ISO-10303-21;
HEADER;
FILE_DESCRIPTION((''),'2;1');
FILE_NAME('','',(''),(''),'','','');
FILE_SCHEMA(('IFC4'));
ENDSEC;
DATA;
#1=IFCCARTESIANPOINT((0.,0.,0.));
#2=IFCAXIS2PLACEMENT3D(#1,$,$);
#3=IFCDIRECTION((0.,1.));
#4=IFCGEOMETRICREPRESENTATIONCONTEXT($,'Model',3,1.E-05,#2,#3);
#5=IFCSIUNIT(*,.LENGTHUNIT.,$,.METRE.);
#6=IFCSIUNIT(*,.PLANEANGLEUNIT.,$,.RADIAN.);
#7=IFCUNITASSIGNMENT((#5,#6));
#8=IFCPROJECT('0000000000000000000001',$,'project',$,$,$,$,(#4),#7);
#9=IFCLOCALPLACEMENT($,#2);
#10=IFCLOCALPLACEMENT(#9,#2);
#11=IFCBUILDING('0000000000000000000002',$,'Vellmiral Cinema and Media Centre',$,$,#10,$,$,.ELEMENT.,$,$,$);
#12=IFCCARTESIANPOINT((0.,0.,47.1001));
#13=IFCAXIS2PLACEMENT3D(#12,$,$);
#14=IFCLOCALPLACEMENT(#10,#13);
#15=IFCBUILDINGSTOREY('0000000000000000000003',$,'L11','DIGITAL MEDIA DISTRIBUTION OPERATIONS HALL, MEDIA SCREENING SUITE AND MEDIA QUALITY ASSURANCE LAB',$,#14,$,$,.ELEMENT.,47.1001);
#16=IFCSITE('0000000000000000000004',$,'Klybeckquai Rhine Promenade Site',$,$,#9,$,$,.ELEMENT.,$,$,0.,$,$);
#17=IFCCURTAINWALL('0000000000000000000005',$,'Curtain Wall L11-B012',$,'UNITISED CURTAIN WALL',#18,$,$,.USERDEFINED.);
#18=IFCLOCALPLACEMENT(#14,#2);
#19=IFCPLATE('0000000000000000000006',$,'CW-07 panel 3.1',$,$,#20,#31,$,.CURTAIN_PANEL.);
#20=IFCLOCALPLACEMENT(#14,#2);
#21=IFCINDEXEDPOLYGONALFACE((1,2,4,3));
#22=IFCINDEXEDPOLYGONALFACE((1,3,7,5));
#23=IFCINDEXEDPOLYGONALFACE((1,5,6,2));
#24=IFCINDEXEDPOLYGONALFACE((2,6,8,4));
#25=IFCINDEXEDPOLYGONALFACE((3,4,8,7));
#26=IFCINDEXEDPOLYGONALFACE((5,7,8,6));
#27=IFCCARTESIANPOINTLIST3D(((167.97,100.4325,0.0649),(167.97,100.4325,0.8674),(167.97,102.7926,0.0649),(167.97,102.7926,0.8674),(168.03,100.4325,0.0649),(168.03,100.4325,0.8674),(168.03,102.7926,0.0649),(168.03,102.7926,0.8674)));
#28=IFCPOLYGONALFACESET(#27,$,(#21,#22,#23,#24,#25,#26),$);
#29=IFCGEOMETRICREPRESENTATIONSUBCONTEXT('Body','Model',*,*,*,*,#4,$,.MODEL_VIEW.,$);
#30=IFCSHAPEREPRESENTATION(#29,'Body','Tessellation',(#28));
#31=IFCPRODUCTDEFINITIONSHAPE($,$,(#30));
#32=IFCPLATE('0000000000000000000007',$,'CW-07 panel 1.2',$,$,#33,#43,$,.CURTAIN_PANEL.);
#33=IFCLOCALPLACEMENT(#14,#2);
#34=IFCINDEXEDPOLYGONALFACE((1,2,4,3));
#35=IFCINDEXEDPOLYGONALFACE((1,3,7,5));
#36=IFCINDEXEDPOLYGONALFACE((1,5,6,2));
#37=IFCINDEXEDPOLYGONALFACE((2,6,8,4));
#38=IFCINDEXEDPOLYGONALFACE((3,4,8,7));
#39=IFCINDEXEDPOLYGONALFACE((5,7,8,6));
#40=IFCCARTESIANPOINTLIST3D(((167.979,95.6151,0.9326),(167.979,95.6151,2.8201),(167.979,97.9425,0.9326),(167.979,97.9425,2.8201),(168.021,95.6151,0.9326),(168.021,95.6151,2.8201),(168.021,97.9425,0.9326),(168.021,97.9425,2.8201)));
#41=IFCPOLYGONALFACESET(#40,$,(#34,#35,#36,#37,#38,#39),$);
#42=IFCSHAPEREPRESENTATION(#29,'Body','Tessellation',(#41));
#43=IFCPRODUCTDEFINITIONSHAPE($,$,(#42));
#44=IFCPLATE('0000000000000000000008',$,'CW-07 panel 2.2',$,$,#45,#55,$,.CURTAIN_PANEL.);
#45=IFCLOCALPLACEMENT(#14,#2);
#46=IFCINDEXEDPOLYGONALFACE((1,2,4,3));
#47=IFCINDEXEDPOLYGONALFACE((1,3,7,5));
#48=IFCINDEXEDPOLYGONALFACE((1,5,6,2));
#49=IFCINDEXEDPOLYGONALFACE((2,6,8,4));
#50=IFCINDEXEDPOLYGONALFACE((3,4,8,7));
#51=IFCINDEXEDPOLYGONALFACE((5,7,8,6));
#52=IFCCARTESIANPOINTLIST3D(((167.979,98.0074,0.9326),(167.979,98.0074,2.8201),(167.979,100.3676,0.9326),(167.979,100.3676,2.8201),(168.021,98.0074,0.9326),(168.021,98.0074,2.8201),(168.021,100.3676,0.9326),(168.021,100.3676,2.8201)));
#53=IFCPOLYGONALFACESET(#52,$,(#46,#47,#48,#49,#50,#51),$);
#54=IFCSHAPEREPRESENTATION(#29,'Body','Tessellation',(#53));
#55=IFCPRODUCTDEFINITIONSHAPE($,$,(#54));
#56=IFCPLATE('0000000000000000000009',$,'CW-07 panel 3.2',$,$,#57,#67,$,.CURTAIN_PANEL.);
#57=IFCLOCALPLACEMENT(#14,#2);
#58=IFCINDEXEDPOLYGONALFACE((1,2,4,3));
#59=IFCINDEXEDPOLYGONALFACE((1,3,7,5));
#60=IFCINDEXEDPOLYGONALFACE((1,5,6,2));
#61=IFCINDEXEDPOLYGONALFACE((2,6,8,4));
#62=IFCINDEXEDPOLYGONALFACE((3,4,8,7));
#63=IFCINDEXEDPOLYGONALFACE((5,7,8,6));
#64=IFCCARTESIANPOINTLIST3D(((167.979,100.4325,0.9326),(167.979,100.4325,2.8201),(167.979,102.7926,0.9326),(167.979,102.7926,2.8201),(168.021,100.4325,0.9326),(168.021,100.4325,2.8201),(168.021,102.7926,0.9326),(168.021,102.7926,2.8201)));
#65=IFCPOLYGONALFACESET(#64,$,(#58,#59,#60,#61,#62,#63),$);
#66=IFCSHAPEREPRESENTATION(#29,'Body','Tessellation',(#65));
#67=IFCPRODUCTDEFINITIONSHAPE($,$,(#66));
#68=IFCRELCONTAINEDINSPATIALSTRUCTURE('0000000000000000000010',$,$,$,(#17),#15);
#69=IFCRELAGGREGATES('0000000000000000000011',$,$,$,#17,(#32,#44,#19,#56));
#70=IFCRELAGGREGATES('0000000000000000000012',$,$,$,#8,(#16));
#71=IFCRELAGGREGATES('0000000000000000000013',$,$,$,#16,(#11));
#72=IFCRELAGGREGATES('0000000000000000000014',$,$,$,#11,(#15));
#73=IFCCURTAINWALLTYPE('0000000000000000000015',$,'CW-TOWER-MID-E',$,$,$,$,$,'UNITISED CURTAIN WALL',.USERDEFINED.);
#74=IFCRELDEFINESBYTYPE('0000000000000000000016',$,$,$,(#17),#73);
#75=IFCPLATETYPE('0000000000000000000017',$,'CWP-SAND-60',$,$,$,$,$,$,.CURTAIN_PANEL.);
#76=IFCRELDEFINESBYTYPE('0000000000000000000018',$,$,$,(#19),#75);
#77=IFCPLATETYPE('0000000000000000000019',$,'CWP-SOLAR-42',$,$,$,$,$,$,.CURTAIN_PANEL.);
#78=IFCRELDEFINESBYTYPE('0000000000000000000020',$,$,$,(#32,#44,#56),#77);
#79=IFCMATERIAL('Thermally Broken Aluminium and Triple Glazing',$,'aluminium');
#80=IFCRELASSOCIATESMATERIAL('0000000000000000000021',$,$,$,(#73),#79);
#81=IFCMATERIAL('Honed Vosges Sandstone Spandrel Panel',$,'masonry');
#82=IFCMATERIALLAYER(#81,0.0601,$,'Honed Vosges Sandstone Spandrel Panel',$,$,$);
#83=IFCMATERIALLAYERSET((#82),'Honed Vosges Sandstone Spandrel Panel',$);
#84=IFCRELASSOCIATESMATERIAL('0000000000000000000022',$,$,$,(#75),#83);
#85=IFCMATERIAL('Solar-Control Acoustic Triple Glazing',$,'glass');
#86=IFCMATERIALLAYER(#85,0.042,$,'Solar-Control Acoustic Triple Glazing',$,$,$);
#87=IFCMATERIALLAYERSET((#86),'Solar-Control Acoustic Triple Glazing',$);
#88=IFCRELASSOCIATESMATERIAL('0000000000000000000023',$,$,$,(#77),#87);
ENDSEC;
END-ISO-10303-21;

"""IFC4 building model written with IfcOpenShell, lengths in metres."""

from ifc_helpers import new_model, si_unit, direction, frame, origin, origin_2d, place, context, subcontext, project, spatial, rectangle, extrude, material, layer, layer_set, type_object, element, aggregate, save


model = new_model("IFC4")

# Units and contexts
model_context = context("Model", 3, precision=1e-05, world=origin(), true_north=direction((0.0, 1.0)))
body_context = subcontext(model_context, "Body", "Model", "MODEL_VIEW")
ifc_project = project(units=[si_unit("LENGTHUNIT", "METRE"), si_unit("PLANEANGLEUNIT", "RADIAN")], contexts=[model_context])

# Site, building, storey
site_placement = place(None, origin())
site = spatial("IfcSite", under=ifc_project, at=site_placement, Name="Klybeckquai Rhine Promenade Site", CompositionType="ELEMENT", RefElevation=0.0)
building_placement = place(site_placement, origin())
building = spatial("IfcBuilding", under=site, at=building_placement, Name="Vellmiral Cinema and Media Centre", CompositionType="ELEMENT")
storey_placement = place(building_placement, frame((0.0, 0.0, 47.1001)))
storey = spatial("IfcBuildingStorey", under=building, at=storey_placement, Name="L11", Description="DIGITAL MEDIA DISTRIBUTION OPERATIONS HALL, MEDIA SCREENING SUITE AND MEDIA QUALITY ASSURANCE LAB", CompositionType="ELEMENT", Elevation=47.1001)

# Curtain wall
ifc_material_1 = material(Name="Thermally Broken Aluminium and Triple Glazing", Category="aluminium")
curtain_wall_type = type_object("IfcCurtainWallType", Name="CW-TOWER-MID-E", ElementType="UNITISED CURTAIN WALL", PredefinedType="USERDEFINED", material=ifc_material_1)
curtain_wall_placement = place(storey_placement, origin())
curtain_wall = element("IfcCurtainWall", 1, at=curtain_wall_placement, inside=storey, type_object=curtain_wall_type, Name="Curtain Wall L11-B012", ObjectType="UNITISED CURTAIN WALL", PredefinedType="USERDEFINED")

# Plates
ifc_material_2 = material(Name="Honed Vosges Sandstone Spandrel Panel", Category="masonry")
ifc_layer_1 = layer(ifc_material_2, 0.0601, Name="Honed Vosges Sandstone Spandrel Panel")
ifc_layer_set_1 = layer_set([ifc_layer_1], Name="Honed Vosges Sandstone Spandrel Panel")
plate_type_1 = type_object("IfcPlateType", Name="CWP-SAND-60", PredefinedType="CURTAIN_PANEL", material=ifc_layer_set_1)
plate_1_placement = place(storey_placement, frame((168.0, 101.6125, 0.0649), z_axis=(0.0, 0.0, 1.0), x_axis=(0.0, 1.0, 0.0)))
plate_1 = element("IfcPlate", 2, at=plate_1_placement, type_object=plate_type_1, Name="CW-07 panel 3.1", PredefinedType="CURTAIN_PANEL", context=body_context, shape_type="SweptSolid", body=[
    extrude(rectangle(XDim=2.3601, YDim=0.0601, at=origin_2d()), origin(), (0.0, 0.0, 1.0), 0.8025),
])
ifc_material_3 = material(Name="Solar-Control Acoustic Triple Glazing", Category="glass")
ifc_layer_2 = layer(ifc_material_3, 0.042, Name="Solar-Control Acoustic Triple Glazing")
ifc_layer_set_2 = layer_set([ifc_layer_2], Name="Solar-Control Acoustic Triple Glazing")
plate_type_2 = type_object("IfcPlateType", Name="CWP-SOLAR-42", PredefinedType="CURTAIN_PANEL", material=ifc_layer_set_2)
plate_2_placement = place(storey_placement, frame((168.0, 96.7788, 0.9326), z_axis=(0.0, 0.0, 1.0), x_axis=(0.0, 1.0, 0.0)))
plate_2 = element("IfcPlate", 3, at=plate_2_placement, type_object=plate_type_2, Name="CW-07 panel 1.2", PredefinedType="CURTAIN_PANEL", context=body_context, shape_type="SweptSolid", body=[
    extrude(rectangle(XDim=2.3274, YDim=0.042, at=origin_2d()), origin(), (0.0, 0.0, 1.0), 1.8875),
])
plate_3_placement = place(storey_placement, frame((168.0, 99.1875, 0.9326), z_axis=(0.0, 0.0, 1.0), x_axis=(0.0, 1.0, 0.0)))
plate_3 = element("IfcPlate", 4, at=plate_3_placement, type_object=plate_type_2, Name="CW-07 panel 2.2", PredefinedType="CURTAIN_PANEL", context=body_context, shape_type="SweptSolid", body=[
    extrude(rectangle(XDim=2.3601, YDim=0.042, at=origin_2d()), origin(), (0.0, 0.0, 1.0), 1.8875),
])
plate_4_placement = place(storey_placement, frame((168.0, 101.6125, 0.9326), z_axis=(0.0, 0.0, 1.0), x_axis=(0.0, 1.0, 0.0)))
plate_4 = element("IfcPlate", 5, at=plate_4_placement, type_object=plate_type_2, Name="CW-07 panel 3.2", PredefinedType="CURTAIN_PANEL", context=body_context, shape_type="SweptSolid", body=[
    extrude(rectangle(XDim=2.3601, YDim=0.042, at=origin_2d()), origin(), (0.0, 0.0, 1.0), 1.8875),
])
aggregate(curtain_wall, [plate_2, plate_3, plate_1, plate_4])

save(model, "model.ifc")
